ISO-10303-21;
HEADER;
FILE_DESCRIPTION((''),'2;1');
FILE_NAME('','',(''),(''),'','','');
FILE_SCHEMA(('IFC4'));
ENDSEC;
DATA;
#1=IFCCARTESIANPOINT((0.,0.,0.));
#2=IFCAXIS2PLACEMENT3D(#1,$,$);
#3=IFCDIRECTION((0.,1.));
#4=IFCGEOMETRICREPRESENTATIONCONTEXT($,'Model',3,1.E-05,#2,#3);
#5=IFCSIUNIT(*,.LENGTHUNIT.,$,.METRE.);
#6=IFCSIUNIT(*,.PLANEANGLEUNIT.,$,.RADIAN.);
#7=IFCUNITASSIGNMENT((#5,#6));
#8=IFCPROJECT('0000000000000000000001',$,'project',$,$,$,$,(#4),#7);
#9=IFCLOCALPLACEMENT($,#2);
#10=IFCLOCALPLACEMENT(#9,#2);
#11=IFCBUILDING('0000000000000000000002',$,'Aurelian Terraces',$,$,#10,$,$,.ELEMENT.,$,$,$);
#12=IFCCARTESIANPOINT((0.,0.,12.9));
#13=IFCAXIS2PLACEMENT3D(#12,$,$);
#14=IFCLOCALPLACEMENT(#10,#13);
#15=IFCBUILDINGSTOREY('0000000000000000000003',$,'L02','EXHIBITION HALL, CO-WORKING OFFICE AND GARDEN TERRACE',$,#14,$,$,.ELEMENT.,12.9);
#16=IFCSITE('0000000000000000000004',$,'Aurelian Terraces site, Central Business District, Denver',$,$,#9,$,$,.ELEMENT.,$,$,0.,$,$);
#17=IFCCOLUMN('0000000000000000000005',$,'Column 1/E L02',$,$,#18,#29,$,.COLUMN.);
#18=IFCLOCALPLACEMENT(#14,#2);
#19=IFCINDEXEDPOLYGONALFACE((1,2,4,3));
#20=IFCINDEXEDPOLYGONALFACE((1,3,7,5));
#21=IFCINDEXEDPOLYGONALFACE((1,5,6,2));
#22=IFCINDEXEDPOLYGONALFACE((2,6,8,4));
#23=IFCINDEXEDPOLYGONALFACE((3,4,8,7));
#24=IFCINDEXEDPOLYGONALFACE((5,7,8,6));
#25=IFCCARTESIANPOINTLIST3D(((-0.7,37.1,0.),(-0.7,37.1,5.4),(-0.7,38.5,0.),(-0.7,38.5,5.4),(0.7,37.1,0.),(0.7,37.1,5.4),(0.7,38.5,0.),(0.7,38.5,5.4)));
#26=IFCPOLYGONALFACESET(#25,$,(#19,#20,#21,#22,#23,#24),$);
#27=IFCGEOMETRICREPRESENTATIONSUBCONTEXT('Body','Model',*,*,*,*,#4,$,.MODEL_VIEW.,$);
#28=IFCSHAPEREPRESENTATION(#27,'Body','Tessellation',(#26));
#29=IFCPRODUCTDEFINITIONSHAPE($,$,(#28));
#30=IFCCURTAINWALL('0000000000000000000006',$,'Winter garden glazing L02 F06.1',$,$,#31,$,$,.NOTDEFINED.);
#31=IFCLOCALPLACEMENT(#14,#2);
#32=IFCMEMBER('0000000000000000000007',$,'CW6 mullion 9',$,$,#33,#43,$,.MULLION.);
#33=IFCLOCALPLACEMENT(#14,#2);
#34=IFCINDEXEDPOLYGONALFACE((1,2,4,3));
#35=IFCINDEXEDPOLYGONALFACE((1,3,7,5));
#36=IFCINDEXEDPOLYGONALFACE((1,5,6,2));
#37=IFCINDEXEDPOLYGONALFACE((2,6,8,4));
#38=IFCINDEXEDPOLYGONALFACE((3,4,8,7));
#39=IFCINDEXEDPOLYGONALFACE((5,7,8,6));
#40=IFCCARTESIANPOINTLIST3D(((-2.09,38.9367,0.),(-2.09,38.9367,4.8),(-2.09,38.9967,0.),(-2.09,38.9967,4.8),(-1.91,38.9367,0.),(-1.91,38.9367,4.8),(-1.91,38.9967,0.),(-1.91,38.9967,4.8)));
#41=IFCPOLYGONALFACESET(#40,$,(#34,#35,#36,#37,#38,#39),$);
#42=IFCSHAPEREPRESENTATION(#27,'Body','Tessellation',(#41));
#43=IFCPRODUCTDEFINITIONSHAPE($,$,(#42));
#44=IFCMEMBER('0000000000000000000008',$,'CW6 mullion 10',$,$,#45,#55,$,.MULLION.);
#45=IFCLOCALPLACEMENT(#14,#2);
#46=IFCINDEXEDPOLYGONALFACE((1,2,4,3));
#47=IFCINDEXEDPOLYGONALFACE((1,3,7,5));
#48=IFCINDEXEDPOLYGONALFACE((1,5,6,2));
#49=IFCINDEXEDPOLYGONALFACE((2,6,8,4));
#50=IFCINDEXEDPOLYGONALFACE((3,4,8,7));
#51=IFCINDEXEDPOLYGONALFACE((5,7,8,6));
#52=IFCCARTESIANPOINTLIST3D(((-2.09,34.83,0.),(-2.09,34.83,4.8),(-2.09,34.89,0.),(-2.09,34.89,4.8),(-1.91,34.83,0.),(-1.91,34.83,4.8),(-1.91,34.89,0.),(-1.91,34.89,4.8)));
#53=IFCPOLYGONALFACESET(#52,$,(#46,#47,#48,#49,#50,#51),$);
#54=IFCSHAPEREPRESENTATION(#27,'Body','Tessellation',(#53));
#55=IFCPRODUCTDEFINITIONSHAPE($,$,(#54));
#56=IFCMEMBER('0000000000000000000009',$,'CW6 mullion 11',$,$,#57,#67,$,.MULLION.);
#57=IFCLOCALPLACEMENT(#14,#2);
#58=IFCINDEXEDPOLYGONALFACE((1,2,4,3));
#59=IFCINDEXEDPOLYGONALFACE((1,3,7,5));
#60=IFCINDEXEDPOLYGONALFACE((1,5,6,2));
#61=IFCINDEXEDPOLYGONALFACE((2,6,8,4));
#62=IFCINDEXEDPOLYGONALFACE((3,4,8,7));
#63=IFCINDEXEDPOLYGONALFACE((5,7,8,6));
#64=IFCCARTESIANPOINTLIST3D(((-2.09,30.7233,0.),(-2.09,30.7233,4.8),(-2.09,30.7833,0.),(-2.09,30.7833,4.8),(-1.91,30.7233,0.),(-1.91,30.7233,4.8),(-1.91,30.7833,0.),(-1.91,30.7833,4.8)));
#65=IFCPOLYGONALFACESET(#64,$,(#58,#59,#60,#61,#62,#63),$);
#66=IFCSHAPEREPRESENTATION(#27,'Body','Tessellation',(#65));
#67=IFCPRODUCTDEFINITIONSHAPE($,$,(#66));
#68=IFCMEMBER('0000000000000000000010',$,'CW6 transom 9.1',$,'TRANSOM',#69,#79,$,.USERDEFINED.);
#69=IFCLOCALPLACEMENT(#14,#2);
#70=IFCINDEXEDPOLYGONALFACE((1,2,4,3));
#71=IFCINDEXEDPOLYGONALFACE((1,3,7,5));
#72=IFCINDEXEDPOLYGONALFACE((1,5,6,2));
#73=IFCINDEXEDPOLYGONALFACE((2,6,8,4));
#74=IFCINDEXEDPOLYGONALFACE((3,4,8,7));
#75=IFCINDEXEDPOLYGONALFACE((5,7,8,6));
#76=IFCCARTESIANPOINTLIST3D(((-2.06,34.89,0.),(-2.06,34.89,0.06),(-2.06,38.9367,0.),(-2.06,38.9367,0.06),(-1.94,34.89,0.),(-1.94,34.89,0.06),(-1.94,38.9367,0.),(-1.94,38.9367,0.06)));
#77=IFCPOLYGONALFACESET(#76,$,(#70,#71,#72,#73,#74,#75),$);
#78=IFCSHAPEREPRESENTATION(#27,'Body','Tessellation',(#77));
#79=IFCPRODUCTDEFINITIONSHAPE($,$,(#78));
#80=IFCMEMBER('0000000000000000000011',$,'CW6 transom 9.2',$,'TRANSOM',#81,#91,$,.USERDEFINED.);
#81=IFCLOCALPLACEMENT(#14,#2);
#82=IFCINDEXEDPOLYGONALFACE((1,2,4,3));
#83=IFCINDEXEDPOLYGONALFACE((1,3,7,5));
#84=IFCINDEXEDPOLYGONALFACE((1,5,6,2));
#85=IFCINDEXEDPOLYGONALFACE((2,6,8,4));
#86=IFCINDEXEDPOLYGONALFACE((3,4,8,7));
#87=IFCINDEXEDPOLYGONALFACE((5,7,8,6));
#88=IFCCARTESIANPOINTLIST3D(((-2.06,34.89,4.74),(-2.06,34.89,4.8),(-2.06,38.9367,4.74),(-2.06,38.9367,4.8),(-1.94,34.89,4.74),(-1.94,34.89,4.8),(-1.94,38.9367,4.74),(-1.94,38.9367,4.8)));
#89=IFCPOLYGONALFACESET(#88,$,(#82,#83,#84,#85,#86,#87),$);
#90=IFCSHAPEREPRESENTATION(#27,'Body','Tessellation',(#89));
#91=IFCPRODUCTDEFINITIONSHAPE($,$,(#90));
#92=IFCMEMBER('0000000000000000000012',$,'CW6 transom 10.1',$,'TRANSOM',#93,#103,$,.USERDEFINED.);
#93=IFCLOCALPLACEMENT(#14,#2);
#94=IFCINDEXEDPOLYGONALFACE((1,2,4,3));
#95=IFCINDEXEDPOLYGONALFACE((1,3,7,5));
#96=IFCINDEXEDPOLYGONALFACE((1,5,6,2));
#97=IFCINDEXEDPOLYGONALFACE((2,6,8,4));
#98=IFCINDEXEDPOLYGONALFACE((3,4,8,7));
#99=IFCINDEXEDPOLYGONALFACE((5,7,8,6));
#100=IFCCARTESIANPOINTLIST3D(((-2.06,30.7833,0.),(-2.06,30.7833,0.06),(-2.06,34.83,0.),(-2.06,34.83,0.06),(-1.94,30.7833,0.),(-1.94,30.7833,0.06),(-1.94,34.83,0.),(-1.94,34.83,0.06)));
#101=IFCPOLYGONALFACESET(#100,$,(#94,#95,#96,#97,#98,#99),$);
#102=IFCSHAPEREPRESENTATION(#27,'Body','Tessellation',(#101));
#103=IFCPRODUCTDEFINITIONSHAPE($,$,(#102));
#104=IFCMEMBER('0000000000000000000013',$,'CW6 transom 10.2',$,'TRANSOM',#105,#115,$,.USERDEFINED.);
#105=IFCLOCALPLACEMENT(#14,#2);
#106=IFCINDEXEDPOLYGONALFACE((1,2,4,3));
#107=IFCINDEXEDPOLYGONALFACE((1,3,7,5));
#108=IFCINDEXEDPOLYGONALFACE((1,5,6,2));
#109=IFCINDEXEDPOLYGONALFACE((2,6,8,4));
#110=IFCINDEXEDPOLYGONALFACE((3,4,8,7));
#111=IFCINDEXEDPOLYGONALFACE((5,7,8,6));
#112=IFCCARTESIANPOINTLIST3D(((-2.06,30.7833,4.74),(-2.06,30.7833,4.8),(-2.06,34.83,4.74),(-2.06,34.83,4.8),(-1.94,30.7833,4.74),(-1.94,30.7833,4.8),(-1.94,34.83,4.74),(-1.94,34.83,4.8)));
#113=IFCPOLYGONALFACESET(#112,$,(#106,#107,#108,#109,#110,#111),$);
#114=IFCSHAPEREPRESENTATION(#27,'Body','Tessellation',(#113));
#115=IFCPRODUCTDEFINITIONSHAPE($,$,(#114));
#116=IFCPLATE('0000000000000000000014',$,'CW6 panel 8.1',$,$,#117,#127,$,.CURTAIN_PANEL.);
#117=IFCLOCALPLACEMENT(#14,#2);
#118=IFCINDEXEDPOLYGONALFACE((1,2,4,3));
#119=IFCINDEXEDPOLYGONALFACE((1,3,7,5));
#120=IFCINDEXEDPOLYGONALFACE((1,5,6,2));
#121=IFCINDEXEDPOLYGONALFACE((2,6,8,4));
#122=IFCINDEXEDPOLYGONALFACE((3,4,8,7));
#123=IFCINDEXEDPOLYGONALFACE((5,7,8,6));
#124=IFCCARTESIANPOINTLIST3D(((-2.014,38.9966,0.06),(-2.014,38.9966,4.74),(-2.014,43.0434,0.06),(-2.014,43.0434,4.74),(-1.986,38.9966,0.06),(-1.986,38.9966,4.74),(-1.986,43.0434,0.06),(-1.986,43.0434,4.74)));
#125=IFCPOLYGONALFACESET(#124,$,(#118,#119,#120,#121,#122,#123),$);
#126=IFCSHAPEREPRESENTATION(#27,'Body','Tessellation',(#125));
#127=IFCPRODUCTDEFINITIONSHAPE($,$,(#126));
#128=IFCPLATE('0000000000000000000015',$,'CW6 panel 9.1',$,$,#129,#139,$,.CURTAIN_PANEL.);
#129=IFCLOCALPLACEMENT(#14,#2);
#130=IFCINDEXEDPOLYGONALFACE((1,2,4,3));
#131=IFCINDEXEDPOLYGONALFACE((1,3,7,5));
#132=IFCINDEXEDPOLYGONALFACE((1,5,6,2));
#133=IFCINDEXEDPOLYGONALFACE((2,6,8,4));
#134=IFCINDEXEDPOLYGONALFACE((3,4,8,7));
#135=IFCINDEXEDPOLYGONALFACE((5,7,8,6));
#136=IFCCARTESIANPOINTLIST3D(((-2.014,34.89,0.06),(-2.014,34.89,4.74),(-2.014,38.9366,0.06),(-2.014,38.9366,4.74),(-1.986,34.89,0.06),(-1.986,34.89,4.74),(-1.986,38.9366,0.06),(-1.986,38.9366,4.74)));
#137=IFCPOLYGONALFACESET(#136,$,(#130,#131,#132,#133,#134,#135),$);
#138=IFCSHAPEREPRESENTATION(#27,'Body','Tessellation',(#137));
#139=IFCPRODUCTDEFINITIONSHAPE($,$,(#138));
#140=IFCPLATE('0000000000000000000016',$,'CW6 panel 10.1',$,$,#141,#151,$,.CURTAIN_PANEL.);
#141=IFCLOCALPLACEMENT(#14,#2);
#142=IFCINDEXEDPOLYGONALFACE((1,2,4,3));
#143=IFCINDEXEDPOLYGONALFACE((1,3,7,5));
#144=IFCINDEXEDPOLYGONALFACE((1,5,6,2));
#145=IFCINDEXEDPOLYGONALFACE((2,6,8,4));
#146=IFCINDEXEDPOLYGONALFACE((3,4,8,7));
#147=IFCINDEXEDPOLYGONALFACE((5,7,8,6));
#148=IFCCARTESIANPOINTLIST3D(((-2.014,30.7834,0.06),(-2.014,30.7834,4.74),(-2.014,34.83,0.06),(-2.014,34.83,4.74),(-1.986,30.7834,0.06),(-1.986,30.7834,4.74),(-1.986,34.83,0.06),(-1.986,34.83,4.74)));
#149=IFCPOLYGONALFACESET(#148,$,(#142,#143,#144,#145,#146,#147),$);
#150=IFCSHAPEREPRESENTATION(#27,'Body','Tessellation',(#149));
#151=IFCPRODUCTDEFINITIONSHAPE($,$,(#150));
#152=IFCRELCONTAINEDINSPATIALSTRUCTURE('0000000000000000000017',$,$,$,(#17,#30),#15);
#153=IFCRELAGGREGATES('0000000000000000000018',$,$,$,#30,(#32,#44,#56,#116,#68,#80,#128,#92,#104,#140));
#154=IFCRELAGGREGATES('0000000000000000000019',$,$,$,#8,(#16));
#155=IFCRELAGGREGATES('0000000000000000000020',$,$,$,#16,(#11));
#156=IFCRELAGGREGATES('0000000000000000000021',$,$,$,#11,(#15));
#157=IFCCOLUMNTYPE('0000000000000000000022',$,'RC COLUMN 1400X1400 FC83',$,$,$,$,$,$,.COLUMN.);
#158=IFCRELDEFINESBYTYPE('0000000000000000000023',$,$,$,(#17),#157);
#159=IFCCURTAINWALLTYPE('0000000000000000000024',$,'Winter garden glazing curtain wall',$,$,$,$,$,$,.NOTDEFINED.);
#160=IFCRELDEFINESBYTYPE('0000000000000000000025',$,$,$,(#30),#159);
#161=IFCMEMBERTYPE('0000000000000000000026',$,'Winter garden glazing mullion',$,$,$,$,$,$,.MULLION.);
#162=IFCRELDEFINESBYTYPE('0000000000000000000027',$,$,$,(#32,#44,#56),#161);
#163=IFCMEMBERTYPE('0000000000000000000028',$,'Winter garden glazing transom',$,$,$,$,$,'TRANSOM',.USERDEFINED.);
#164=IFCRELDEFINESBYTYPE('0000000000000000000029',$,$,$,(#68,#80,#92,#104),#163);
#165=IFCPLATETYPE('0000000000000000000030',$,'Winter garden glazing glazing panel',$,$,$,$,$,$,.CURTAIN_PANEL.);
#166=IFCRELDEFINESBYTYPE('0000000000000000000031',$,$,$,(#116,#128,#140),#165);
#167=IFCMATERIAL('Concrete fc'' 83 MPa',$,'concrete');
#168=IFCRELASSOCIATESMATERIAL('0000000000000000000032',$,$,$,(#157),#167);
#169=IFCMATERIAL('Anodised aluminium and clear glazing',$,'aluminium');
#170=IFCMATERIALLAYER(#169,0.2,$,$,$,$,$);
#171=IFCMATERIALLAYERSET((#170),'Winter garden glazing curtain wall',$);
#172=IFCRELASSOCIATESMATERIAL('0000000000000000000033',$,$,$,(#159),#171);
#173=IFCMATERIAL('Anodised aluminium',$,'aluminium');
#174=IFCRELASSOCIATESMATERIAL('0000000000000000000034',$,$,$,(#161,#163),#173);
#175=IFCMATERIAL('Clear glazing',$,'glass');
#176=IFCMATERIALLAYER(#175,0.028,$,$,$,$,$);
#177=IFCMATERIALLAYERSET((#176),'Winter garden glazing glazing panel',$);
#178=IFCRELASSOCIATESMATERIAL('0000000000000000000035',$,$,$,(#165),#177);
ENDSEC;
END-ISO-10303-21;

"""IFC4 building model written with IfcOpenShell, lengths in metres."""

from ifc_helpers import new_model, si_unit, direction, frame, origin, origin_2d, place, context, subcontext, project, spatial, rectangle, extrude, source, transform, mapped, material, layer, layer_set, material_profile, profile_set, type_object, element, aggregate, save


model = new_model("IFC4")

# Units and contexts
model_context = context("Model", 3, precision=1e-05, world=origin(), true_north=direction((0.0, 1.0)))
body_context = subcontext(model_context, "Body", "Model", "MODEL_VIEW")
ifc_project = project(units=[si_unit("LENGTHUNIT", "METRE"), si_unit("PLANEANGLEUNIT", "RADIAN")], contexts=[model_context])

# Site, building, storey
site_placement = place(None, origin())
site = spatial("IfcSite", under=ifc_project, at=site_placement, Name="Aurelian Terraces site, Central Business District, Denver", CompositionType="ELEMENT", RefElevation=0.0)
building_placement = place(site_placement, origin())
building = spatial("IfcBuilding", under=site, at=building_placement, Name="Aurelian Terraces", CompositionType="ELEMENT")
storey_placement = place(building_placement, frame((0.0, 0.0, 12.9)))
storey = spatial("IfcBuildingStorey", under=building, at=storey_placement, Name="L02", Description="EXHIBITION HALL, CO-WORKING OFFICE AND GARDEN TERRACE", CompositionType="ELEMENT", Elevation=12.9)

# Column
ifc_material_1 = material(Name="Concrete fc' 83 MPa", Category="concrete")
ifc_material_profile_1 = material_profile(ifc_material_1, rectangle(XDim=1.4, YDim=1.4, at=origin_2d()))
ifc_profile_set_1 = profile_set([ifc_material_profile_1], Name="Concrete fc' 83 MPa")
column_type = type_object("IfcColumnType", Name="RC COLUMN 1400X1400 FC83", PredefinedType="COLUMN", material=ifc_profile_set_1)
shared_shape_1 = source(origin(), body_context, "Body", "SweptSolid", [
    extrude(rectangle(XDim=1.4, YDim=1.4, at=origin_2d()), origin(), (0.0, 0.0, 1.0), 5.4),
])
column_placement = place(storey_placement, frame((0.0, 37.8, 0.0), z_axis=(0.0, 0.0, 1.0), x_axis=(1.0, 0.0, 0.0)))
element("IfcColumn", 1, at=column_placement, inside=storey, type_object=column_type, Name="Column 1/E L02", PredefinedType="COLUMN", context=body_context, shape_type="MappedRepresentation", body=[
    mapped(shared_shape_1, transform((0.0, 0.0, 0.0), scale=1.0)),
])

# Curtain wall, members, plates
ifc_material_2 = material(Name="Anodised aluminium and clear glazing", Category="aluminium")
ifc_layer_1 = layer(ifc_material_2, 0.2)
ifc_layer_set_1 = layer_set([ifc_layer_1], Name="Winter garden glazing curtain wall")
curtain_wall_type = type_object("IfcCurtainWallType", Name="Winter garden glazing curtain wall", PredefinedType="NOTDEFINED", material=ifc_layer_set_1)
curtain_wall_placement = place(storey_placement, origin())
curtain_wall = element("IfcCurtainWall", 2, at=curtain_wall_placement, inside=storey, type_object=curtain_wall_type, Name="Winter garden glazing L02 F06.1", PredefinedType="NOTDEFINED")
ifc_material_3 = material(Name="Anodised aluminium", Category="aluminium")
ifc_material_profile_2 = material_profile(ifc_material_3, rectangle(XDim=0.18, YDim=0.06, at=origin_2d()))
ifc_profile_set_2 = profile_set([ifc_material_profile_2], Name="Anodised aluminium")
member_type_1 = type_object("IfcMemberType", Name="Winter garden glazing mullion", PredefinedType="MULLION", material=ifc_profile_set_2)
shared_shape_2 = source(origin(), body_context, "Body", "SweptSolid", [
    extrude(rectangle(XDim=0.18, YDim=0.06, at=origin_2d()), origin(), (0.0, 0.0, 1.0), 4.8),
])
member_1_placement = place(storey_placement, frame((-2.0, 38.9667, 0.0), z_axis=(0.0, 0.0, 1.0), x_axis=(1.0, 0.0, 0.0)))
member_1 = element("IfcMember", 3, at=member_1_placement, type_object=member_type_1, Name="CW6 mullion 9", PredefinedType="MULLION", context=body_context, shape_type="MappedRepresentation", body=[
    mapped(shared_shape_2, transform((0.0, 0.0, 0.0), scale=1.0)),
])
member_2_placement = place(storey_placement, frame((-2.0, 34.86, 0.0), z_axis=(0.0, 0.0, 1.0), x_axis=(1.0, 0.0, 0.0)))
member_2 = element("IfcMember", 4, at=member_2_placement, type_object=member_type_1, Name="CW6 mullion 10", PredefinedType="MULLION", context=body_context, shape_type="MappedRepresentation", body=[
    mapped(shared_shape_2, transform((0.0, 0.0, 0.0), scale=1.0)),
])
member_3_placement = place(storey_placement, frame((-2.0, 30.7533, 0.0), z_axis=(0.0, 0.0, 1.0), x_axis=(1.0, 0.0, 0.0)))
member_3 = element("IfcMember", 5, at=member_3_placement, type_object=member_type_1, Name="CW6 mullion 11", PredefinedType="MULLION", context=body_context, shape_type="MappedRepresentation", body=[
    mapped(shared_shape_2, transform((0.0, 0.0, 0.0), scale=1.0)),
])
ifc_material_profile_3 = material_profile(ifc_material_3, rectangle(XDim=0.12, YDim=0.06, at=origin_2d()))
ifc_profile_set_3 = profile_set([ifc_material_profile_3], Name="Anodised aluminium")
member_type_2 = type_object("IfcMemberType", Name="Winter garden glazing transom", ElementType="TRANSOM", PredefinedType="USERDEFINED", material=ifc_profile_set_3)
shared_shape_3 = source(origin(), body_context, "Body", "SweptSolid", [
    extrude(rectangle(XDim=0.12, YDim=0.06, at=origin_2d()), origin(), (0.0, 0.0, 1.0), 4.0467),
])
member_4_placement = place(storey_placement, frame((-2.0, 38.9367, 0.03), z_axis=(0.0, -1.0, 0.0), x_axis=(1.0, 0.0, 0.0)))
member_4 = element("IfcMember", 6, at=member_4_placement, type_object=member_type_2, Name="CW6 transom 9.1", ObjectType="TRANSOM", PredefinedType="USERDEFINED", context=body_context, shape_type="MappedRepresentation", body=[
    mapped(shared_shape_3, transform((0.0, 0.0, 0.0), scale=1.0)),
])
member_5_placement = place(storey_placement, frame((-2.0, 38.9367, 4.77), z_axis=(0.0, -1.0, 0.0), x_axis=(1.0, 0.0, 0.0)))
member_5 = element("IfcMember", 7, at=member_5_placement, type_object=member_type_2, Name="CW6 transom 9.2", ObjectType="TRANSOM", PredefinedType="USERDEFINED", context=body_context, shape_type="MappedRepresentation", body=[
    mapped(shared_shape_3, transform((0.0, 0.0, 0.0), scale=1.0)),
])
member_6_placement = place(storey_placement, frame((-2.0, 34.83, 0.03), z_axis=(0.0, -1.0, 0.0), x_axis=(1.0, 0.0, 0.0)))
member_6 = element("IfcMember", 8, at=member_6_placement, type_object=member_type_2, Name="CW6 transom 10.1", ObjectType="TRANSOM", PredefinedType="USERDEFINED", context=body_context, shape_type="MappedRepresentation", body=[
    mapped(shared_shape_3, transform((0.0, 0.0, 0.0), scale=1.0)),
])
member_7_placement = place(storey_placement, frame((-2.0, 34.83, 4.77), z_axis=(0.0, -1.0, 0.0), x_axis=(1.0, 0.0, 0.0)))
member_7 = element("IfcMember", 9, at=member_7_placement, type_object=member_type_2, Name="CW6 transom 10.2", ObjectType="TRANSOM", PredefinedType="USERDEFINED", context=body_context, shape_type="MappedRepresentation", body=[
    mapped(shared_shape_3, transform((0.0, 0.0, 0.0), scale=1.0)),
])
ifc_material_4 = material(Name="Clear glazing", Category="glass")
ifc_layer_2 = layer(ifc_material_4, 0.028)
ifc_layer_set_2 = layer_set([ifc_layer_2], Name="Winter garden glazing glazing panel")
plate_type = type_object("IfcPlateType", Name="Winter garden glazing glazing panel", PredefinedType="CURTAIN_PANEL", material=ifc_layer_set_2)
shared_shape_4 = source(origin(), body_context, "Body", "SweptSolid", [
    extrude(rectangle(XDim=4.0467, YDim=0.028, at=origin_2d()), origin(), (0.0, 0.0, 1.0), 4.68),
])
plate_1_placement = place(storey_placement, frame((-2.0, 41.02, 0.06), z_axis=(0.0, 0.0, 1.0), x_axis=(0.0, -1.0, 0.0)))
plate_1 = element("IfcPlate", 10, at=plate_1_placement, type_object=plate_type, Name="CW6 panel 8.1", PredefinedType="CURTAIN_PANEL", context=body_context, shape_type="MappedRepresentation", body=[
    mapped(shared_shape_4, transform((0.0, 0.0, 0.0), scale=1.0)),
])
plate_2_placement = place(storey_placement, frame((-2.0, 36.9133, 0.06), z_axis=(0.0, 0.0, 1.0), x_axis=(0.0, -1.0, 0.0)))
plate_2 = element("IfcPlate", 11, at=plate_2_placement, type_object=plate_type, Name="CW6 panel 9.1", PredefinedType="CURTAIN_PANEL", context=body_context, shape_type="MappedRepresentation", body=[
    mapped(shared_shape_4, transform((0.0, 0.0, 0.0), scale=1.0)),
])
plate_3_placement = place(storey_placement, frame((-2.0, 32.8067, 0.06), z_axis=(0.0, 0.0, 1.0), x_axis=(0.0, -1.0, 0.0)))
plate_3 = element("IfcPlate", 12, at=plate_3_placement, type_object=plate_type, Name="CW6 panel 10.1", PredefinedType="CURTAIN_PANEL", context=body_context, shape_type="MappedRepresentation", body=[
    mapped(shared_shape_4, transform((0.0, 0.0, 0.0), scale=1.0)),
])
aggregate(curtain_wall, [member_1, member_2, member_3, plate_1, member_4, member_5, plate_2, member_6, member_7, plate_3])

save(model, "model.ifc")
